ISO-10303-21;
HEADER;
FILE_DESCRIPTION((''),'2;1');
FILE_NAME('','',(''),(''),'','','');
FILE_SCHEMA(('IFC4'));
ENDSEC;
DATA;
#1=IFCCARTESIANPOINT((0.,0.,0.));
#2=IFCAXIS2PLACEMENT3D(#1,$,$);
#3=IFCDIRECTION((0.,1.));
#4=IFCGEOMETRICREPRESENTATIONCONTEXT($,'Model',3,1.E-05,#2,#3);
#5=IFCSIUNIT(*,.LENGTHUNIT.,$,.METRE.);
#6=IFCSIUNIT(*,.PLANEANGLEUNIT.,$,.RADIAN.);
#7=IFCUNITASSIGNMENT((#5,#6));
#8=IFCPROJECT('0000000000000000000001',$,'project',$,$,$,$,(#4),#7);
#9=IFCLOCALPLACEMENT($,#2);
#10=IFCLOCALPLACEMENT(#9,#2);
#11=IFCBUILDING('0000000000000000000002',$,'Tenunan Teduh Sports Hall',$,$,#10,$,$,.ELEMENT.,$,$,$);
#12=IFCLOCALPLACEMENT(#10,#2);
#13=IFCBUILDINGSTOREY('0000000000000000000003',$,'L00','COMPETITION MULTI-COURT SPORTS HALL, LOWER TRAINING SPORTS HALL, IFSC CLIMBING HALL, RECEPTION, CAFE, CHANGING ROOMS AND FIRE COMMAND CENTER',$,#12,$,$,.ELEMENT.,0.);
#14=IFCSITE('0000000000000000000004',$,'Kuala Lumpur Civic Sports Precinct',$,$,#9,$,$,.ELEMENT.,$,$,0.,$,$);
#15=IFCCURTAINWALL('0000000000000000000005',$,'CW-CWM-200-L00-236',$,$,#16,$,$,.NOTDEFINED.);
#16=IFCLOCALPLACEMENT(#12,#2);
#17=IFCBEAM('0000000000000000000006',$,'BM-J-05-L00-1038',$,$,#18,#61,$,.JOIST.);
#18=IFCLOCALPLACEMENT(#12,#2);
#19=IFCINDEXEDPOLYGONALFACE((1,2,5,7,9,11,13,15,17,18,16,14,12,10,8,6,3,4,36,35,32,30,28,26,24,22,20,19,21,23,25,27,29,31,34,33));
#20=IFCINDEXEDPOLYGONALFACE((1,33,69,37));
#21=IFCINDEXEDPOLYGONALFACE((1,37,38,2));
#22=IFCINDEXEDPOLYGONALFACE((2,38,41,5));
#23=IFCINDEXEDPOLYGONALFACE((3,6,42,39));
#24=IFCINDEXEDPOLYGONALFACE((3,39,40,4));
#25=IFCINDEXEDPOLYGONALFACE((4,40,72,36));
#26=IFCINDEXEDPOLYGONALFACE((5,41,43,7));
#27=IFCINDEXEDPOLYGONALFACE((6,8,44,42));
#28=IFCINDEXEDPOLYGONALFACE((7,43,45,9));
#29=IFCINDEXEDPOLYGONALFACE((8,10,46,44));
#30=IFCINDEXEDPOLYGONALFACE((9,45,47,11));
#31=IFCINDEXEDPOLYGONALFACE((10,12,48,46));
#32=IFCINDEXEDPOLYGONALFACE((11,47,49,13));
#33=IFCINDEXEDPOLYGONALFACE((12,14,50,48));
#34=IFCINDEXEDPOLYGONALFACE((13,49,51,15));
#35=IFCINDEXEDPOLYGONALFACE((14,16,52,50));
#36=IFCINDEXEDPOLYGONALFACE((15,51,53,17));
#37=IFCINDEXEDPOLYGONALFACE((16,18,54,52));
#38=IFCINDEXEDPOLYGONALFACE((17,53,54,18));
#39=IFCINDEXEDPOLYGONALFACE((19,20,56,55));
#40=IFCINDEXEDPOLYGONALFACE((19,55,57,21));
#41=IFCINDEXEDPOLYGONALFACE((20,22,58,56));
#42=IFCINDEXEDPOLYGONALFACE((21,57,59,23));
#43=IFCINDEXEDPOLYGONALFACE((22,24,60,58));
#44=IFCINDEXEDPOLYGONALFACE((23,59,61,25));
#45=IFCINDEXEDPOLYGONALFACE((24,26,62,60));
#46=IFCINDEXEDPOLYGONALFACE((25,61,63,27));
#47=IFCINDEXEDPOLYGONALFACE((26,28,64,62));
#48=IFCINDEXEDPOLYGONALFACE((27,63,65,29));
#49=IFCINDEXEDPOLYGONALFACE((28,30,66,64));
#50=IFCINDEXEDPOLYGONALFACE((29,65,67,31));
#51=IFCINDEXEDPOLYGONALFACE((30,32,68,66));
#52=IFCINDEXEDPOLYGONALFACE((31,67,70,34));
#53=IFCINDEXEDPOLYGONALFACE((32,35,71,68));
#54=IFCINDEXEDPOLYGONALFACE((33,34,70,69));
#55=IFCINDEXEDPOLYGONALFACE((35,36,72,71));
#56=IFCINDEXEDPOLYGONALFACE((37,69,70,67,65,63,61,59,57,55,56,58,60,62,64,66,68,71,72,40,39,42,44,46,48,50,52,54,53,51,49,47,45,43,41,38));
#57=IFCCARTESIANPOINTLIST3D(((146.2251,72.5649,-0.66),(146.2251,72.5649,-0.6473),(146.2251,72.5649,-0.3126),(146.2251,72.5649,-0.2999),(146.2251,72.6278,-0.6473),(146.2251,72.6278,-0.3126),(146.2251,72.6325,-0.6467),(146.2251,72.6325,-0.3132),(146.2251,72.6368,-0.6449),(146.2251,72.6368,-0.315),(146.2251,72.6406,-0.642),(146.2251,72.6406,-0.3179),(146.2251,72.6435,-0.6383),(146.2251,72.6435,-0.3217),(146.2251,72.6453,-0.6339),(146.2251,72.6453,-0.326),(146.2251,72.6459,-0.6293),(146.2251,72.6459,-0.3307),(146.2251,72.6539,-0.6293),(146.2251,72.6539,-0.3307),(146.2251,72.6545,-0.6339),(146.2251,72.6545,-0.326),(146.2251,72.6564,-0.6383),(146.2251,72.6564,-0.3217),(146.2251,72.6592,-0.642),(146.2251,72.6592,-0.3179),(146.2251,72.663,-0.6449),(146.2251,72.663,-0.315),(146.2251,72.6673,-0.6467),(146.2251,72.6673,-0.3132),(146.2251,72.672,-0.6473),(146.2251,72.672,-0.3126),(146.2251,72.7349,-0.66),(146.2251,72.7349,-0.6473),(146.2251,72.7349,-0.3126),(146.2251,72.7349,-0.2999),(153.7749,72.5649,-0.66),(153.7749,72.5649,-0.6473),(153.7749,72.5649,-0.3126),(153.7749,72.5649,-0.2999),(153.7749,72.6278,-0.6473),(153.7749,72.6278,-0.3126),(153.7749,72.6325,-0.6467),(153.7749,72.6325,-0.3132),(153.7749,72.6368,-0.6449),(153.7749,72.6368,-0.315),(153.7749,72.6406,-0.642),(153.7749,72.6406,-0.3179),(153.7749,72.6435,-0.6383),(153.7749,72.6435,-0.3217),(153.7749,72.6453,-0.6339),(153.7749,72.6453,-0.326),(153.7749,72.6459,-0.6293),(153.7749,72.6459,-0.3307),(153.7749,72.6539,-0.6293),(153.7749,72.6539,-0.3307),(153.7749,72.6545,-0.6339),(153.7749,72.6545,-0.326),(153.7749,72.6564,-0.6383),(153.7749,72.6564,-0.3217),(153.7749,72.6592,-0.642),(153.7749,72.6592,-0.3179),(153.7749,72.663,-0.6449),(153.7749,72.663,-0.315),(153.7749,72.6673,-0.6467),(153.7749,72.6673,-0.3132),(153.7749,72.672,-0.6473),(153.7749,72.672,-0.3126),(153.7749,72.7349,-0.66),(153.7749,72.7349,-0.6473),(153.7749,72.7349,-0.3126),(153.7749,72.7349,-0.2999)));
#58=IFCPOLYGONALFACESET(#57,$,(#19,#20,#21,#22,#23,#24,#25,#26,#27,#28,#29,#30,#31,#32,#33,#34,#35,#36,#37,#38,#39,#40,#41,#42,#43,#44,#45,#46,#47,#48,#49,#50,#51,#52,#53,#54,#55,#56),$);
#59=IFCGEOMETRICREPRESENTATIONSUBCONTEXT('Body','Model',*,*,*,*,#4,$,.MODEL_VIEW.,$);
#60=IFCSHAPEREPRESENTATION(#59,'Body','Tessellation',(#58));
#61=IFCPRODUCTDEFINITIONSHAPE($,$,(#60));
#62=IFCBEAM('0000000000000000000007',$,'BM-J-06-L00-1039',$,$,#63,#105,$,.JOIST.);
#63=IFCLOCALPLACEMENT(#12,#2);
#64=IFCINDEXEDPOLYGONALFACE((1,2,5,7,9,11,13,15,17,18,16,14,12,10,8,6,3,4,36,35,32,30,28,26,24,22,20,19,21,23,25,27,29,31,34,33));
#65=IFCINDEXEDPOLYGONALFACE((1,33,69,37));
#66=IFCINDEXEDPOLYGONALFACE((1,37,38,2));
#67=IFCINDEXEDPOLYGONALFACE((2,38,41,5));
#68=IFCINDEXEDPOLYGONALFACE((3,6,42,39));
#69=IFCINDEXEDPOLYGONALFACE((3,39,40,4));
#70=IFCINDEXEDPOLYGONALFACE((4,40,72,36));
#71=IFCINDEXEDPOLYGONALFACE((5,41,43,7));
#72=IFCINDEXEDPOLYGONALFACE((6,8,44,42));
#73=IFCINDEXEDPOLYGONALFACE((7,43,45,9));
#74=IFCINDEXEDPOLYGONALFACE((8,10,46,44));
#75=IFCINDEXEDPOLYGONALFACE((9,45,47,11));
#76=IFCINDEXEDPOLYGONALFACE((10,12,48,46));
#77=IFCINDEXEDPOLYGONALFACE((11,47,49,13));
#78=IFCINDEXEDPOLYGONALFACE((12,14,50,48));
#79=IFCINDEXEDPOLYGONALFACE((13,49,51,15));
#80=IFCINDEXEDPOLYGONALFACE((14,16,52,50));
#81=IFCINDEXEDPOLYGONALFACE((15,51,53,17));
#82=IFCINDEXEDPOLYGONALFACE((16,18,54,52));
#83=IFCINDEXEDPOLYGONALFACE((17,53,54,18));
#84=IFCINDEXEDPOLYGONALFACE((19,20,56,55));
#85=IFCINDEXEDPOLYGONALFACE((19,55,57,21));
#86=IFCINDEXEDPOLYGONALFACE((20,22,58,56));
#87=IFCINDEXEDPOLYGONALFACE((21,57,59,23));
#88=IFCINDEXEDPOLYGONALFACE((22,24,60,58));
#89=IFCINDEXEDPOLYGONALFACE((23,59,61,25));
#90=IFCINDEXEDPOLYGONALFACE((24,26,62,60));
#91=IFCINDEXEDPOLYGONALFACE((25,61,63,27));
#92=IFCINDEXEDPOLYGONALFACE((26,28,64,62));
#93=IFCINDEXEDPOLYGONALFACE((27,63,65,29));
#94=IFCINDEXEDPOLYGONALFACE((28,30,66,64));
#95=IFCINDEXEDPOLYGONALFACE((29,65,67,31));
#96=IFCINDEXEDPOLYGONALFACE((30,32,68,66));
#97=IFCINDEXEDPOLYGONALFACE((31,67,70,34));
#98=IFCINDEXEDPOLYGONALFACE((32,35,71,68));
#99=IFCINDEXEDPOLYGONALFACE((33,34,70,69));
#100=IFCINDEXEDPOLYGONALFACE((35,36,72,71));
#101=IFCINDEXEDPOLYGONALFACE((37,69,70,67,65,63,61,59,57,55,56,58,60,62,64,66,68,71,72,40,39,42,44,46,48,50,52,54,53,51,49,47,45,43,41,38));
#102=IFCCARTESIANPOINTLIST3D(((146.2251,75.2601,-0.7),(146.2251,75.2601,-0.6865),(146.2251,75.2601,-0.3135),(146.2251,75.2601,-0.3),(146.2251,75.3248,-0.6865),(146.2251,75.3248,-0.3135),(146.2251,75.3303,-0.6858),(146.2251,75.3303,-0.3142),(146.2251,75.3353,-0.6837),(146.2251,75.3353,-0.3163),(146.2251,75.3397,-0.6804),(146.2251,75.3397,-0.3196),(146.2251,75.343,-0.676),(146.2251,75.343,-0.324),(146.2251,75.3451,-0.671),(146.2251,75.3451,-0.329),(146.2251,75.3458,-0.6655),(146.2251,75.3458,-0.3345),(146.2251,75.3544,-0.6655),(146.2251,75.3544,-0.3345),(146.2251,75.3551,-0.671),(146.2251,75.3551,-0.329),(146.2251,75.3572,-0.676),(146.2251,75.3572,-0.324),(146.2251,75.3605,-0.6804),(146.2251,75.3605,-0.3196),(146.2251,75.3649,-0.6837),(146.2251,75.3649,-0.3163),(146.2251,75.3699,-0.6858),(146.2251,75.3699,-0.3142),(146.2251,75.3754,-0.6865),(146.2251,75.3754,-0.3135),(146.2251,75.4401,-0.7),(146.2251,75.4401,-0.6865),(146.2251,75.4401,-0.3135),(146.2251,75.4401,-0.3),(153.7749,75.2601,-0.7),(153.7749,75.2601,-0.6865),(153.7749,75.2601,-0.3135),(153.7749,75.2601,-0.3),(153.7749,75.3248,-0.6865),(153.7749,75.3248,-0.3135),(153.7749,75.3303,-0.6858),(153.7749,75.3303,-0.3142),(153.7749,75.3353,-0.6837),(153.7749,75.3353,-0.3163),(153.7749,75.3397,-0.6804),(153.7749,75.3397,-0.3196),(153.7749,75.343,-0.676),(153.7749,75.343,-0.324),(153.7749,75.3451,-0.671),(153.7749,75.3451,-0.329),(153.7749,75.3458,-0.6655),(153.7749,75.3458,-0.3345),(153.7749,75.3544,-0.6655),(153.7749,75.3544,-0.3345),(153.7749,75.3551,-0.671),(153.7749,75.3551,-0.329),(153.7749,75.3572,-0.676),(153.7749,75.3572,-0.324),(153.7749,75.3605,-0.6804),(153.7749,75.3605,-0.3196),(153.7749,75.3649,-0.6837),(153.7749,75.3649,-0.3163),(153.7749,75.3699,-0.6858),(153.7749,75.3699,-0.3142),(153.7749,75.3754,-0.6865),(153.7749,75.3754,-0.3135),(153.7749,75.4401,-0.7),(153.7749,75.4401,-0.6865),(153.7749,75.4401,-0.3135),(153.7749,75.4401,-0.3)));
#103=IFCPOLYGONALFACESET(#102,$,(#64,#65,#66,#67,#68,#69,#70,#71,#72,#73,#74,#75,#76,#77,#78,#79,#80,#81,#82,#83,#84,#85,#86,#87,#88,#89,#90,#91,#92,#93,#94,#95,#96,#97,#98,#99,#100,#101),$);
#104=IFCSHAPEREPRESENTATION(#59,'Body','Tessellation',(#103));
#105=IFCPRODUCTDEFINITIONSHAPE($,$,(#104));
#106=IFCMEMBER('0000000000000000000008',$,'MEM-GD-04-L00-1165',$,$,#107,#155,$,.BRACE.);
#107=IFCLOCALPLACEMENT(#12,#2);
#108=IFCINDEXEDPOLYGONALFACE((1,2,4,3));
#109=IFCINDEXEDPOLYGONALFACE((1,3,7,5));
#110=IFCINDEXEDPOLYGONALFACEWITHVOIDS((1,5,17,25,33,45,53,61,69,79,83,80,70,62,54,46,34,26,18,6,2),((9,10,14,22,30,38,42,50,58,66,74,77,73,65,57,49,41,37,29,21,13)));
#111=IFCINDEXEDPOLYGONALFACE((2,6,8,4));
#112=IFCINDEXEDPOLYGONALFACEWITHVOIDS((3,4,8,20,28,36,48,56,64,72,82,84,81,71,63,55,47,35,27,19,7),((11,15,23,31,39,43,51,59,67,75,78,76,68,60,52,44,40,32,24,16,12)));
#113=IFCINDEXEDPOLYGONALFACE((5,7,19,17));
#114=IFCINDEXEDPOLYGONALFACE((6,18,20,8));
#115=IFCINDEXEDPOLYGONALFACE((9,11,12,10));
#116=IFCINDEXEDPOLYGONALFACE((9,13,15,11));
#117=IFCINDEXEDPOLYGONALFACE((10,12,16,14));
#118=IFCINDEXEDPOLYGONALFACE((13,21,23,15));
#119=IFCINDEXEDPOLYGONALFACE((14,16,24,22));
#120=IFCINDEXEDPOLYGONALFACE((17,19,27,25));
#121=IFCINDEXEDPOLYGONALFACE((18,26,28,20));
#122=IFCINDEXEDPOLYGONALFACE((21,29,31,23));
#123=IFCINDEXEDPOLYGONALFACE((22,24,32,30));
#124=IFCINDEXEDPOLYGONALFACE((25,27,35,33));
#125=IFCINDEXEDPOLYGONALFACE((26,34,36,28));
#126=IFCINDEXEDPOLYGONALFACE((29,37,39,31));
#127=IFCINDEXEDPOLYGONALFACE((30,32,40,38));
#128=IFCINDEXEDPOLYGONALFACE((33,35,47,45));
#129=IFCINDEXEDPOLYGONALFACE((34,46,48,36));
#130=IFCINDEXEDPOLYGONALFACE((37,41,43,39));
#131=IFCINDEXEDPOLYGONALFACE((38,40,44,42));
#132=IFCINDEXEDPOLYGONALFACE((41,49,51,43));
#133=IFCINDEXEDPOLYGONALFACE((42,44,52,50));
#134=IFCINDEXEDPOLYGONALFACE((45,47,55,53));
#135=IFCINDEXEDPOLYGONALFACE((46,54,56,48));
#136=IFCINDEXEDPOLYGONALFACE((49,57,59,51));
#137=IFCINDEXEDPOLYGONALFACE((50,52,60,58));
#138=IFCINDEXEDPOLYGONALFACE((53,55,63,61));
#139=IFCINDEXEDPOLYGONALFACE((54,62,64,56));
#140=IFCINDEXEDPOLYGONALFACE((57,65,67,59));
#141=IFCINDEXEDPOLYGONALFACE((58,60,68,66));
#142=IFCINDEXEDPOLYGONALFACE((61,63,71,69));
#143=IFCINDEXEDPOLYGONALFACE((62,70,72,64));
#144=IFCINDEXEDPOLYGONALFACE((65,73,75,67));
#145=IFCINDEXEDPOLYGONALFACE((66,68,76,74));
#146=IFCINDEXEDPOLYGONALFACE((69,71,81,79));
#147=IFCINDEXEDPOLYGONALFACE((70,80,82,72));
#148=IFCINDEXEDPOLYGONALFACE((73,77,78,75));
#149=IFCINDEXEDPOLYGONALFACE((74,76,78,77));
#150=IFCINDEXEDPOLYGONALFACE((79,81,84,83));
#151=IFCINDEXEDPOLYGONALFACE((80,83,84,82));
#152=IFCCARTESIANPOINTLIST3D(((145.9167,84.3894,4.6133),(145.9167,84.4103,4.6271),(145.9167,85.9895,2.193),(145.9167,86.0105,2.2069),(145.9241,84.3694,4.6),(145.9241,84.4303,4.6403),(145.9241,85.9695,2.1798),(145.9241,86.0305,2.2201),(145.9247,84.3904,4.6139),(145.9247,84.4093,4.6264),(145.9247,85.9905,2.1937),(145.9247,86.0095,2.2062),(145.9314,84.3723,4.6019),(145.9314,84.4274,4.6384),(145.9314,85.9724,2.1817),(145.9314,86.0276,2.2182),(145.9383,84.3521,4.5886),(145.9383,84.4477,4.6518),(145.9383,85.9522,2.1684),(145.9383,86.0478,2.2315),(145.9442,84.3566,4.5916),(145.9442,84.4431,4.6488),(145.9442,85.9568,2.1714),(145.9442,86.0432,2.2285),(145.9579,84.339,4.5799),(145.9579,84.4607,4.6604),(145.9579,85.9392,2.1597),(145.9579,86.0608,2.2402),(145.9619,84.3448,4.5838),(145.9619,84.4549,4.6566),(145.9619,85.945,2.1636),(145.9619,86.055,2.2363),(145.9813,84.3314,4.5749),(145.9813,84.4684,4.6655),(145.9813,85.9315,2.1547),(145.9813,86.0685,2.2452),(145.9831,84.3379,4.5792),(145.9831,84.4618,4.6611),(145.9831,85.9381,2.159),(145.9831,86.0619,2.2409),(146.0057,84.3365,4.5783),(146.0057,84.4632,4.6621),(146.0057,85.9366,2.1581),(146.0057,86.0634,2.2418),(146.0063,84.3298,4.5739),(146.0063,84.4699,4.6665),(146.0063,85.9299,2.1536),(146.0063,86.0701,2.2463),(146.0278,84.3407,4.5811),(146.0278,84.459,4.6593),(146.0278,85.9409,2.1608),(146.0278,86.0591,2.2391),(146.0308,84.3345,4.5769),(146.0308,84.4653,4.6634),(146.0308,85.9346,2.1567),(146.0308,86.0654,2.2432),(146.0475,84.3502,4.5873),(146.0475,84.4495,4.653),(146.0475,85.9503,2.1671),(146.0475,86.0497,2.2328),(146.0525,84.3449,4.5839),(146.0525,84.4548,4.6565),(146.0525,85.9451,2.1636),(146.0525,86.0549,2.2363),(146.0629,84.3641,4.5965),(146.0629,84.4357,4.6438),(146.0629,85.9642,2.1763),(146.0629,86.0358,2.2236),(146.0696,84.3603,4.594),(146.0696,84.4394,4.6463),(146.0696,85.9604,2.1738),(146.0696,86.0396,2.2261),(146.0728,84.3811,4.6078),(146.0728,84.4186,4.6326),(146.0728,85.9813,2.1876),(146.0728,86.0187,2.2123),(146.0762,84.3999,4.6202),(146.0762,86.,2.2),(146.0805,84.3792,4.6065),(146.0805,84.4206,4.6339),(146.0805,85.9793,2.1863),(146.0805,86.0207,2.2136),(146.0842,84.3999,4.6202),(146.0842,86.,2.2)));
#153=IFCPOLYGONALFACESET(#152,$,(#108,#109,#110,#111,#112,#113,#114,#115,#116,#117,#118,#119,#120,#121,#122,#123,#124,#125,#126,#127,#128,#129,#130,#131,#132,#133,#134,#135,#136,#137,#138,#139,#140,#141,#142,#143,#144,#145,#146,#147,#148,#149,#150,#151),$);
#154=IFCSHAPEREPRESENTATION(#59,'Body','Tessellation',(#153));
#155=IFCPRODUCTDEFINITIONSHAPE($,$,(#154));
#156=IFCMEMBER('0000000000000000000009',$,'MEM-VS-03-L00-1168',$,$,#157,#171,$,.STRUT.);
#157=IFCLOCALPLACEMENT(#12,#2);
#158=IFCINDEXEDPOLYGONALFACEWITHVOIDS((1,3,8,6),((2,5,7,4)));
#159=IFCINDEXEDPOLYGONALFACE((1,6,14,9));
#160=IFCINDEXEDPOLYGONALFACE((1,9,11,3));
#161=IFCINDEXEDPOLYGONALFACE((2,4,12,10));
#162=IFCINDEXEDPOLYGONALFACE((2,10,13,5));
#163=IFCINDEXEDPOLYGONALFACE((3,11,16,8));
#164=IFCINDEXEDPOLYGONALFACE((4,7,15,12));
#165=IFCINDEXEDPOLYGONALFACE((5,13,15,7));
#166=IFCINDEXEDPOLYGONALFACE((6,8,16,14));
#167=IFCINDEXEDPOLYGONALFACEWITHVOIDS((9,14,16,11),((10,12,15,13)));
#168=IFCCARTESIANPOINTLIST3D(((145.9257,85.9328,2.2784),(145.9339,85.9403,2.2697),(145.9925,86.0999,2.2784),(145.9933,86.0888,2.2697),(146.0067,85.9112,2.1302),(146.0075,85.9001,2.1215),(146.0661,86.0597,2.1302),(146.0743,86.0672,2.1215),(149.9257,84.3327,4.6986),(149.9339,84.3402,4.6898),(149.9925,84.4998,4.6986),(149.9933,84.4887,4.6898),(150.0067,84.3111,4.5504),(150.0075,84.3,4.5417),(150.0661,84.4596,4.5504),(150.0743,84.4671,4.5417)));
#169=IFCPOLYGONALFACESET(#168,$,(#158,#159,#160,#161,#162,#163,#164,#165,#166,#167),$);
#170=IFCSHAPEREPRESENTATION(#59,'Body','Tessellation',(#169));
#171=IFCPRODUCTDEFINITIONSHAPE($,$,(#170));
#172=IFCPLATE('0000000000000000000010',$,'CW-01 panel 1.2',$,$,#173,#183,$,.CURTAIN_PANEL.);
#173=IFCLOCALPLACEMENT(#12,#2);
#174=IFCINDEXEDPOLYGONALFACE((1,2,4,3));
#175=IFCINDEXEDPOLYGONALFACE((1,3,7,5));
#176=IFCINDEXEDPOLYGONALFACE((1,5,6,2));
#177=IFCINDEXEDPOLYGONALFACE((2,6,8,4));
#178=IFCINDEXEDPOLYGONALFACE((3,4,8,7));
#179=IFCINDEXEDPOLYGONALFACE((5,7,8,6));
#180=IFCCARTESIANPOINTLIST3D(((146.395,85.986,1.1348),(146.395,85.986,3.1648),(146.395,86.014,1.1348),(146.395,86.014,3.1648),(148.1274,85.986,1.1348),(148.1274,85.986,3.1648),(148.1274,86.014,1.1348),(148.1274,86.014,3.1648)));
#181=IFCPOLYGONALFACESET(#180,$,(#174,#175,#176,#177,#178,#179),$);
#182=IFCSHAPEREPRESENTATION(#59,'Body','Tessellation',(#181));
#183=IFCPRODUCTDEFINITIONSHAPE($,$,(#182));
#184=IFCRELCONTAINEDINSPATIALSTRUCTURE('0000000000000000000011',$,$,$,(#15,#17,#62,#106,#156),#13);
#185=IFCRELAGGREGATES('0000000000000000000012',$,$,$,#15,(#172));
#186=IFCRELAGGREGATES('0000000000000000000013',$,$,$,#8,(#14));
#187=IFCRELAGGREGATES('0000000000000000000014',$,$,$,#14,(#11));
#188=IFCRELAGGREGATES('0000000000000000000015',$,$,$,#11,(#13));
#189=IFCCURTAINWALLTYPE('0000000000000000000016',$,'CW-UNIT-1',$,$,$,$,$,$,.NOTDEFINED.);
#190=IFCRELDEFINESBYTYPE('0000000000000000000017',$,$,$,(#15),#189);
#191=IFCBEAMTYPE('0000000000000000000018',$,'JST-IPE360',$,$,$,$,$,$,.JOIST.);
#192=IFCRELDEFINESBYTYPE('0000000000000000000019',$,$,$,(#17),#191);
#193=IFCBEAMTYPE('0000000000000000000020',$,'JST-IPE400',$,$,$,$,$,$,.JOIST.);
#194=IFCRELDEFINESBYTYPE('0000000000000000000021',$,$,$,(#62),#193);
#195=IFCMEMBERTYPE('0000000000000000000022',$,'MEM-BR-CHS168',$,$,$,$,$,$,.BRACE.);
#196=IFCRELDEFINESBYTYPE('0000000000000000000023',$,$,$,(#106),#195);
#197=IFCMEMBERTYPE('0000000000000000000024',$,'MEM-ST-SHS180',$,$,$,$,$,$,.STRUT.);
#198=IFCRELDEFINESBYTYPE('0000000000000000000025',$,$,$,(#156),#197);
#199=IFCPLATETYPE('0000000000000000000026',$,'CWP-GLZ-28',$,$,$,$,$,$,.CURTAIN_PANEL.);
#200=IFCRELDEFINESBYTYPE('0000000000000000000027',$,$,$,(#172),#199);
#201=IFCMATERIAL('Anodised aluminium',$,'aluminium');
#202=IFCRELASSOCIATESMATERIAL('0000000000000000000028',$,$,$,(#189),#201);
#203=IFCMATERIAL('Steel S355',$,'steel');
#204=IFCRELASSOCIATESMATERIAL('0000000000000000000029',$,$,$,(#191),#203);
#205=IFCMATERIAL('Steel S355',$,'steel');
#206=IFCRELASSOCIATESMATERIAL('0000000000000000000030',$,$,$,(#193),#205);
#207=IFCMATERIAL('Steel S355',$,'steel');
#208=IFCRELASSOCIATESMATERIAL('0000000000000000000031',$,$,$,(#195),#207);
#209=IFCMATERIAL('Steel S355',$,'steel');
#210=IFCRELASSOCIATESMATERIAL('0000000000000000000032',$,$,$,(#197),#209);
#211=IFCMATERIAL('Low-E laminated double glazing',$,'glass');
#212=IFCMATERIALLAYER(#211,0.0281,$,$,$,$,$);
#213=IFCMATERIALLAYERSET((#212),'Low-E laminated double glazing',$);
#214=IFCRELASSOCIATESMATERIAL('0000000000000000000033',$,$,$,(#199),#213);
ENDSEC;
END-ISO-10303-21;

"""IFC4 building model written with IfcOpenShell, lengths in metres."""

from ifc_helpers import new_model, si_unit, direction, frame, origin, origin_2d, place, context, subcontext, project, spatial, rectangle, hollow_rectangle, hollow_circle, i_section, extrude, material, layer, layer_set, material_profile, profile_set, type_object, element, aggregate, save


model = new_model("IFC4")

# Units and contexts
model_context = context("Model", 3, precision=1e-05, world=origin(), true_north=direction((0.0, 1.0)))
body_context = subcontext(model_context, "Body", "Model", "MODEL_VIEW")
ifc_project = project(units=[si_unit("LENGTHUNIT", "METRE"), si_unit("PLANEANGLEUNIT", "RADIAN")], contexts=[model_context])

# Site, building, storey
site_placement = place(None, origin())
site = spatial("IfcSite", under=ifc_project, at=site_placement, Name="Kuala Lumpur Civic Sports Precinct", CompositionType="ELEMENT", RefElevation=0.0)
building_placement = place(site_placement, origin())
building = spatial("IfcBuilding", under=site, at=building_placement, Name="Tenunan Teduh Sports Hall", CompositionType="ELEMENT")
storey_placement = place(building_placement, origin())
storey = spatial("IfcBuildingStorey", under=building, at=storey_placement, Name="L00", Description="COMPETITION MULTI-COURT SPORTS HALL, LOWER TRAINING SPORTS HALL, IFSC CLIMBING HALL, RECEPTION, CAFE, CHANGING ROOMS AND FIRE COMMAND CENTER", CompositionType="ELEMENT", Elevation=0.0)

# Curtain wall
ifc_material_1 = material(Name="Anodised aluminium", Category="aluminium")
curtain_wall_type = type_object("IfcCurtainWallType", Name="CW-UNIT-1", PredefinedType="NOTDEFINED", material=ifc_material_1)
curtain_wall_placement = place(storey_placement, origin())
curtain_wall = element("IfcCurtainWall", 1, at=curtain_wall_placement, inside=storey, type_object=curtain_wall_type, Name="CW-CWM-200-L00-236", PredefinedType="NOTDEFINED")

# Beams
ifc_material_2 = material(Name="Steel S355", Category="steel")
ifc_material_profile_1 = material_profile(ifc_material_2, i_section(OverallWidth=0.1699, OverallDepth=0.3601, WebThickness=0.0081, FlangeThickness=0.0127, FilletRadius=0.0181, at=origin_2d()), Name="IPE 360")
ifc_profile_set_1 = profile_set([ifc_material_profile_1], Name="Steel S355")
beam_type_1 = type_object("IfcBeamType", Name="JST-IPE360", PredefinedType="JOIST", material=ifc_profile_set_1)
beam_1_placement = place(storey_placement, frame((146.2251, 72.6499, -0.48), z_axis=(1.0, 0.0, 0.0), x_axis=(0.0, 1.0, 0.0)))
element("IfcBeam", 2, at=beam_1_placement, inside=storey, type_object=beam_type_1, Name="BM-J-05-L00-1038", PredefinedType="JOIST", context=body_context, shape_type="SweptSolid", body=[
    extrude(i_section(OverallWidth=0.1699, OverallDepth=0.3601, WebThickness=0.0081, FlangeThickness=0.0127, FilletRadius=0.0181, at=origin_2d()), origin(), (0.0, 0.0, 1.0), 7.5498),
])
ifc_material_3 = material(Name="Steel S355", Category="steel")
ifc_material_profile_2 = material_profile(ifc_material_3, i_section(OverallWidth=0.1799, OverallDepth=0.3999, WebThickness=0.0085, FlangeThickness=0.0134, FilletRadius=0.021, at=origin_2d()), Name="IPE 400")
ifc_profile_set_2 = profile_set([ifc_material_profile_2], Name="Steel S355")
beam_type_2 = type_object("IfcBeamType", Name="JST-IPE400", PredefinedType="JOIST", material=ifc_profile_set_2)
beam_2_placement = place(storey_placement, frame((146.2251, 75.3501, -0.5), z_axis=(1.0, 0.0, 0.0), x_axis=(0.0, 1.0, 0.0)))
element("IfcBeam", 3, at=beam_2_placement, inside=storey, type_object=beam_type_2, Name="BM-J-06-L00-1039", PredefinedType="JOIST", context=body_context, shape_type="SweptSolid", body=[
    extrude(i_section(OverallWidth=0.1799, OverallDepth=0.3999, WebThickness=0.0085, FlangeThickness=0.0134, FilletRadius=0.021, at=origin_2d()), origin(), (0.0, 0.0, 1.0), 7.5498),
])

# Members
ifc_material_4 = material(Name="Steel S355", Category="steel")
ifc_material_profile_3 = material_profile(ifc_material_4, hollow_circle(Radius=0.0842, WallThickness=0.0081, at=origin_2d()), Name="CHS 168.3x8.0")
ifc_profile_set_3 = profile_set([ifc_material_profile_3], Name="Steel S355")
member_type_1 = type_object("IfcMemberType", Name="MEM-BR-CHS168", PredefinedType="BRACE", material=ifc_profile_set_3)
member_1_placement = place(storey_placement, frame((146.0, 86.0, 2.2), z_axis=(0.0, -0.551511, 0.834167), x_axis=(1.0, 0.0, 0.0)))
element("IfcMember", 4, at=member_1_placement, inside=storey, type_object=member_type_1, Name="MEM-GD-04-L00-1165", PredefinedType="BRACE", context=body_context, shape_type="SweptSolid", body=[
    extrude(hollow_circle(Radius=0.0842, WallThickness=0.0081, at=origin_2d()), origin(), (0.0, 0.0, 1.0), 2.9014),
])
ifc_material_5 = material(Name="Steel S355", Category="steel")
ifc_material_profile_4 = material_profile(ifc_material_5, hollow_rectangle(XDim=0.1799, YDim=0.1799, WallThickness=0.01, at=origin_2d()), Name="SHS 180x180x10.0")
ifc_profile_set_4 = profile_set([ifc_material_profile_4], Name="Steel S355")
member_type_2 = type_object("IfcMemberType", Name="MEM-ST-SHS180", PredefinedType="STRUT", material=ifc_profile_set_4)
member_2_placement = place(storey_placement, frame((146.0, 86.0, 2.2), z_axis=(0.809486, -0.323814, 0.489773), x_axis=(0.37141, 0.928469, 0.0)))
element("IfcMember", 5, at=member_2_placement, inside=storey, type_object=member_type_2, Name="MEM-VS-03-L00-1168", PredefinedType="STRUT", context=body_context, shape_type="SweptSolid", body=[
    extrude(hollow_rectangle(XDim=0.1799, YDim=0.1799, WallThickness=0.01, at=origin_2d()), origin(), (0.0, 0.0, 1.0), 4.9414),
])

# Plate
ifc_material_6 = material(Name="Low-E laminated double glazing", Category="glass")
ifc_layer_1 = layer(ifc_material_6, 0.0281)
ifc_layer_set_1 = layer_set([ifc_layer_1], Name="Low-E laminated double glazing")
plate_type_1 = type_object("IfcPlateType", Name="CWP-GLZ-28", PredefinedType="CURTAIN_PANEL", material=ifc_layer_set_1)
plate_1_placement = place(storey_placement, frame((147.2612, 86.0, 1.1348), z_axis=(0.0, 0.0, 1.0), x_axis=(1.0, 0.0, 0.0)))
plate_1 = element("IfcPlate", 6, at=plate_1_placement, type_object=plate_type_1, Name="CW-01 panel 1.2", PredefinedType="CURTAIN_PANEL", context=body_context, shape_type="SweptSolid", body=[
    extrude(rectangle(XDim=1.7324, YDim=0.0281, at=origin_2d()), origin(), (0.0, 0.0, 1.0), 2.03),
])
aggregate(curtain_wall, [plate_1])

save(model, "model.ifc")
